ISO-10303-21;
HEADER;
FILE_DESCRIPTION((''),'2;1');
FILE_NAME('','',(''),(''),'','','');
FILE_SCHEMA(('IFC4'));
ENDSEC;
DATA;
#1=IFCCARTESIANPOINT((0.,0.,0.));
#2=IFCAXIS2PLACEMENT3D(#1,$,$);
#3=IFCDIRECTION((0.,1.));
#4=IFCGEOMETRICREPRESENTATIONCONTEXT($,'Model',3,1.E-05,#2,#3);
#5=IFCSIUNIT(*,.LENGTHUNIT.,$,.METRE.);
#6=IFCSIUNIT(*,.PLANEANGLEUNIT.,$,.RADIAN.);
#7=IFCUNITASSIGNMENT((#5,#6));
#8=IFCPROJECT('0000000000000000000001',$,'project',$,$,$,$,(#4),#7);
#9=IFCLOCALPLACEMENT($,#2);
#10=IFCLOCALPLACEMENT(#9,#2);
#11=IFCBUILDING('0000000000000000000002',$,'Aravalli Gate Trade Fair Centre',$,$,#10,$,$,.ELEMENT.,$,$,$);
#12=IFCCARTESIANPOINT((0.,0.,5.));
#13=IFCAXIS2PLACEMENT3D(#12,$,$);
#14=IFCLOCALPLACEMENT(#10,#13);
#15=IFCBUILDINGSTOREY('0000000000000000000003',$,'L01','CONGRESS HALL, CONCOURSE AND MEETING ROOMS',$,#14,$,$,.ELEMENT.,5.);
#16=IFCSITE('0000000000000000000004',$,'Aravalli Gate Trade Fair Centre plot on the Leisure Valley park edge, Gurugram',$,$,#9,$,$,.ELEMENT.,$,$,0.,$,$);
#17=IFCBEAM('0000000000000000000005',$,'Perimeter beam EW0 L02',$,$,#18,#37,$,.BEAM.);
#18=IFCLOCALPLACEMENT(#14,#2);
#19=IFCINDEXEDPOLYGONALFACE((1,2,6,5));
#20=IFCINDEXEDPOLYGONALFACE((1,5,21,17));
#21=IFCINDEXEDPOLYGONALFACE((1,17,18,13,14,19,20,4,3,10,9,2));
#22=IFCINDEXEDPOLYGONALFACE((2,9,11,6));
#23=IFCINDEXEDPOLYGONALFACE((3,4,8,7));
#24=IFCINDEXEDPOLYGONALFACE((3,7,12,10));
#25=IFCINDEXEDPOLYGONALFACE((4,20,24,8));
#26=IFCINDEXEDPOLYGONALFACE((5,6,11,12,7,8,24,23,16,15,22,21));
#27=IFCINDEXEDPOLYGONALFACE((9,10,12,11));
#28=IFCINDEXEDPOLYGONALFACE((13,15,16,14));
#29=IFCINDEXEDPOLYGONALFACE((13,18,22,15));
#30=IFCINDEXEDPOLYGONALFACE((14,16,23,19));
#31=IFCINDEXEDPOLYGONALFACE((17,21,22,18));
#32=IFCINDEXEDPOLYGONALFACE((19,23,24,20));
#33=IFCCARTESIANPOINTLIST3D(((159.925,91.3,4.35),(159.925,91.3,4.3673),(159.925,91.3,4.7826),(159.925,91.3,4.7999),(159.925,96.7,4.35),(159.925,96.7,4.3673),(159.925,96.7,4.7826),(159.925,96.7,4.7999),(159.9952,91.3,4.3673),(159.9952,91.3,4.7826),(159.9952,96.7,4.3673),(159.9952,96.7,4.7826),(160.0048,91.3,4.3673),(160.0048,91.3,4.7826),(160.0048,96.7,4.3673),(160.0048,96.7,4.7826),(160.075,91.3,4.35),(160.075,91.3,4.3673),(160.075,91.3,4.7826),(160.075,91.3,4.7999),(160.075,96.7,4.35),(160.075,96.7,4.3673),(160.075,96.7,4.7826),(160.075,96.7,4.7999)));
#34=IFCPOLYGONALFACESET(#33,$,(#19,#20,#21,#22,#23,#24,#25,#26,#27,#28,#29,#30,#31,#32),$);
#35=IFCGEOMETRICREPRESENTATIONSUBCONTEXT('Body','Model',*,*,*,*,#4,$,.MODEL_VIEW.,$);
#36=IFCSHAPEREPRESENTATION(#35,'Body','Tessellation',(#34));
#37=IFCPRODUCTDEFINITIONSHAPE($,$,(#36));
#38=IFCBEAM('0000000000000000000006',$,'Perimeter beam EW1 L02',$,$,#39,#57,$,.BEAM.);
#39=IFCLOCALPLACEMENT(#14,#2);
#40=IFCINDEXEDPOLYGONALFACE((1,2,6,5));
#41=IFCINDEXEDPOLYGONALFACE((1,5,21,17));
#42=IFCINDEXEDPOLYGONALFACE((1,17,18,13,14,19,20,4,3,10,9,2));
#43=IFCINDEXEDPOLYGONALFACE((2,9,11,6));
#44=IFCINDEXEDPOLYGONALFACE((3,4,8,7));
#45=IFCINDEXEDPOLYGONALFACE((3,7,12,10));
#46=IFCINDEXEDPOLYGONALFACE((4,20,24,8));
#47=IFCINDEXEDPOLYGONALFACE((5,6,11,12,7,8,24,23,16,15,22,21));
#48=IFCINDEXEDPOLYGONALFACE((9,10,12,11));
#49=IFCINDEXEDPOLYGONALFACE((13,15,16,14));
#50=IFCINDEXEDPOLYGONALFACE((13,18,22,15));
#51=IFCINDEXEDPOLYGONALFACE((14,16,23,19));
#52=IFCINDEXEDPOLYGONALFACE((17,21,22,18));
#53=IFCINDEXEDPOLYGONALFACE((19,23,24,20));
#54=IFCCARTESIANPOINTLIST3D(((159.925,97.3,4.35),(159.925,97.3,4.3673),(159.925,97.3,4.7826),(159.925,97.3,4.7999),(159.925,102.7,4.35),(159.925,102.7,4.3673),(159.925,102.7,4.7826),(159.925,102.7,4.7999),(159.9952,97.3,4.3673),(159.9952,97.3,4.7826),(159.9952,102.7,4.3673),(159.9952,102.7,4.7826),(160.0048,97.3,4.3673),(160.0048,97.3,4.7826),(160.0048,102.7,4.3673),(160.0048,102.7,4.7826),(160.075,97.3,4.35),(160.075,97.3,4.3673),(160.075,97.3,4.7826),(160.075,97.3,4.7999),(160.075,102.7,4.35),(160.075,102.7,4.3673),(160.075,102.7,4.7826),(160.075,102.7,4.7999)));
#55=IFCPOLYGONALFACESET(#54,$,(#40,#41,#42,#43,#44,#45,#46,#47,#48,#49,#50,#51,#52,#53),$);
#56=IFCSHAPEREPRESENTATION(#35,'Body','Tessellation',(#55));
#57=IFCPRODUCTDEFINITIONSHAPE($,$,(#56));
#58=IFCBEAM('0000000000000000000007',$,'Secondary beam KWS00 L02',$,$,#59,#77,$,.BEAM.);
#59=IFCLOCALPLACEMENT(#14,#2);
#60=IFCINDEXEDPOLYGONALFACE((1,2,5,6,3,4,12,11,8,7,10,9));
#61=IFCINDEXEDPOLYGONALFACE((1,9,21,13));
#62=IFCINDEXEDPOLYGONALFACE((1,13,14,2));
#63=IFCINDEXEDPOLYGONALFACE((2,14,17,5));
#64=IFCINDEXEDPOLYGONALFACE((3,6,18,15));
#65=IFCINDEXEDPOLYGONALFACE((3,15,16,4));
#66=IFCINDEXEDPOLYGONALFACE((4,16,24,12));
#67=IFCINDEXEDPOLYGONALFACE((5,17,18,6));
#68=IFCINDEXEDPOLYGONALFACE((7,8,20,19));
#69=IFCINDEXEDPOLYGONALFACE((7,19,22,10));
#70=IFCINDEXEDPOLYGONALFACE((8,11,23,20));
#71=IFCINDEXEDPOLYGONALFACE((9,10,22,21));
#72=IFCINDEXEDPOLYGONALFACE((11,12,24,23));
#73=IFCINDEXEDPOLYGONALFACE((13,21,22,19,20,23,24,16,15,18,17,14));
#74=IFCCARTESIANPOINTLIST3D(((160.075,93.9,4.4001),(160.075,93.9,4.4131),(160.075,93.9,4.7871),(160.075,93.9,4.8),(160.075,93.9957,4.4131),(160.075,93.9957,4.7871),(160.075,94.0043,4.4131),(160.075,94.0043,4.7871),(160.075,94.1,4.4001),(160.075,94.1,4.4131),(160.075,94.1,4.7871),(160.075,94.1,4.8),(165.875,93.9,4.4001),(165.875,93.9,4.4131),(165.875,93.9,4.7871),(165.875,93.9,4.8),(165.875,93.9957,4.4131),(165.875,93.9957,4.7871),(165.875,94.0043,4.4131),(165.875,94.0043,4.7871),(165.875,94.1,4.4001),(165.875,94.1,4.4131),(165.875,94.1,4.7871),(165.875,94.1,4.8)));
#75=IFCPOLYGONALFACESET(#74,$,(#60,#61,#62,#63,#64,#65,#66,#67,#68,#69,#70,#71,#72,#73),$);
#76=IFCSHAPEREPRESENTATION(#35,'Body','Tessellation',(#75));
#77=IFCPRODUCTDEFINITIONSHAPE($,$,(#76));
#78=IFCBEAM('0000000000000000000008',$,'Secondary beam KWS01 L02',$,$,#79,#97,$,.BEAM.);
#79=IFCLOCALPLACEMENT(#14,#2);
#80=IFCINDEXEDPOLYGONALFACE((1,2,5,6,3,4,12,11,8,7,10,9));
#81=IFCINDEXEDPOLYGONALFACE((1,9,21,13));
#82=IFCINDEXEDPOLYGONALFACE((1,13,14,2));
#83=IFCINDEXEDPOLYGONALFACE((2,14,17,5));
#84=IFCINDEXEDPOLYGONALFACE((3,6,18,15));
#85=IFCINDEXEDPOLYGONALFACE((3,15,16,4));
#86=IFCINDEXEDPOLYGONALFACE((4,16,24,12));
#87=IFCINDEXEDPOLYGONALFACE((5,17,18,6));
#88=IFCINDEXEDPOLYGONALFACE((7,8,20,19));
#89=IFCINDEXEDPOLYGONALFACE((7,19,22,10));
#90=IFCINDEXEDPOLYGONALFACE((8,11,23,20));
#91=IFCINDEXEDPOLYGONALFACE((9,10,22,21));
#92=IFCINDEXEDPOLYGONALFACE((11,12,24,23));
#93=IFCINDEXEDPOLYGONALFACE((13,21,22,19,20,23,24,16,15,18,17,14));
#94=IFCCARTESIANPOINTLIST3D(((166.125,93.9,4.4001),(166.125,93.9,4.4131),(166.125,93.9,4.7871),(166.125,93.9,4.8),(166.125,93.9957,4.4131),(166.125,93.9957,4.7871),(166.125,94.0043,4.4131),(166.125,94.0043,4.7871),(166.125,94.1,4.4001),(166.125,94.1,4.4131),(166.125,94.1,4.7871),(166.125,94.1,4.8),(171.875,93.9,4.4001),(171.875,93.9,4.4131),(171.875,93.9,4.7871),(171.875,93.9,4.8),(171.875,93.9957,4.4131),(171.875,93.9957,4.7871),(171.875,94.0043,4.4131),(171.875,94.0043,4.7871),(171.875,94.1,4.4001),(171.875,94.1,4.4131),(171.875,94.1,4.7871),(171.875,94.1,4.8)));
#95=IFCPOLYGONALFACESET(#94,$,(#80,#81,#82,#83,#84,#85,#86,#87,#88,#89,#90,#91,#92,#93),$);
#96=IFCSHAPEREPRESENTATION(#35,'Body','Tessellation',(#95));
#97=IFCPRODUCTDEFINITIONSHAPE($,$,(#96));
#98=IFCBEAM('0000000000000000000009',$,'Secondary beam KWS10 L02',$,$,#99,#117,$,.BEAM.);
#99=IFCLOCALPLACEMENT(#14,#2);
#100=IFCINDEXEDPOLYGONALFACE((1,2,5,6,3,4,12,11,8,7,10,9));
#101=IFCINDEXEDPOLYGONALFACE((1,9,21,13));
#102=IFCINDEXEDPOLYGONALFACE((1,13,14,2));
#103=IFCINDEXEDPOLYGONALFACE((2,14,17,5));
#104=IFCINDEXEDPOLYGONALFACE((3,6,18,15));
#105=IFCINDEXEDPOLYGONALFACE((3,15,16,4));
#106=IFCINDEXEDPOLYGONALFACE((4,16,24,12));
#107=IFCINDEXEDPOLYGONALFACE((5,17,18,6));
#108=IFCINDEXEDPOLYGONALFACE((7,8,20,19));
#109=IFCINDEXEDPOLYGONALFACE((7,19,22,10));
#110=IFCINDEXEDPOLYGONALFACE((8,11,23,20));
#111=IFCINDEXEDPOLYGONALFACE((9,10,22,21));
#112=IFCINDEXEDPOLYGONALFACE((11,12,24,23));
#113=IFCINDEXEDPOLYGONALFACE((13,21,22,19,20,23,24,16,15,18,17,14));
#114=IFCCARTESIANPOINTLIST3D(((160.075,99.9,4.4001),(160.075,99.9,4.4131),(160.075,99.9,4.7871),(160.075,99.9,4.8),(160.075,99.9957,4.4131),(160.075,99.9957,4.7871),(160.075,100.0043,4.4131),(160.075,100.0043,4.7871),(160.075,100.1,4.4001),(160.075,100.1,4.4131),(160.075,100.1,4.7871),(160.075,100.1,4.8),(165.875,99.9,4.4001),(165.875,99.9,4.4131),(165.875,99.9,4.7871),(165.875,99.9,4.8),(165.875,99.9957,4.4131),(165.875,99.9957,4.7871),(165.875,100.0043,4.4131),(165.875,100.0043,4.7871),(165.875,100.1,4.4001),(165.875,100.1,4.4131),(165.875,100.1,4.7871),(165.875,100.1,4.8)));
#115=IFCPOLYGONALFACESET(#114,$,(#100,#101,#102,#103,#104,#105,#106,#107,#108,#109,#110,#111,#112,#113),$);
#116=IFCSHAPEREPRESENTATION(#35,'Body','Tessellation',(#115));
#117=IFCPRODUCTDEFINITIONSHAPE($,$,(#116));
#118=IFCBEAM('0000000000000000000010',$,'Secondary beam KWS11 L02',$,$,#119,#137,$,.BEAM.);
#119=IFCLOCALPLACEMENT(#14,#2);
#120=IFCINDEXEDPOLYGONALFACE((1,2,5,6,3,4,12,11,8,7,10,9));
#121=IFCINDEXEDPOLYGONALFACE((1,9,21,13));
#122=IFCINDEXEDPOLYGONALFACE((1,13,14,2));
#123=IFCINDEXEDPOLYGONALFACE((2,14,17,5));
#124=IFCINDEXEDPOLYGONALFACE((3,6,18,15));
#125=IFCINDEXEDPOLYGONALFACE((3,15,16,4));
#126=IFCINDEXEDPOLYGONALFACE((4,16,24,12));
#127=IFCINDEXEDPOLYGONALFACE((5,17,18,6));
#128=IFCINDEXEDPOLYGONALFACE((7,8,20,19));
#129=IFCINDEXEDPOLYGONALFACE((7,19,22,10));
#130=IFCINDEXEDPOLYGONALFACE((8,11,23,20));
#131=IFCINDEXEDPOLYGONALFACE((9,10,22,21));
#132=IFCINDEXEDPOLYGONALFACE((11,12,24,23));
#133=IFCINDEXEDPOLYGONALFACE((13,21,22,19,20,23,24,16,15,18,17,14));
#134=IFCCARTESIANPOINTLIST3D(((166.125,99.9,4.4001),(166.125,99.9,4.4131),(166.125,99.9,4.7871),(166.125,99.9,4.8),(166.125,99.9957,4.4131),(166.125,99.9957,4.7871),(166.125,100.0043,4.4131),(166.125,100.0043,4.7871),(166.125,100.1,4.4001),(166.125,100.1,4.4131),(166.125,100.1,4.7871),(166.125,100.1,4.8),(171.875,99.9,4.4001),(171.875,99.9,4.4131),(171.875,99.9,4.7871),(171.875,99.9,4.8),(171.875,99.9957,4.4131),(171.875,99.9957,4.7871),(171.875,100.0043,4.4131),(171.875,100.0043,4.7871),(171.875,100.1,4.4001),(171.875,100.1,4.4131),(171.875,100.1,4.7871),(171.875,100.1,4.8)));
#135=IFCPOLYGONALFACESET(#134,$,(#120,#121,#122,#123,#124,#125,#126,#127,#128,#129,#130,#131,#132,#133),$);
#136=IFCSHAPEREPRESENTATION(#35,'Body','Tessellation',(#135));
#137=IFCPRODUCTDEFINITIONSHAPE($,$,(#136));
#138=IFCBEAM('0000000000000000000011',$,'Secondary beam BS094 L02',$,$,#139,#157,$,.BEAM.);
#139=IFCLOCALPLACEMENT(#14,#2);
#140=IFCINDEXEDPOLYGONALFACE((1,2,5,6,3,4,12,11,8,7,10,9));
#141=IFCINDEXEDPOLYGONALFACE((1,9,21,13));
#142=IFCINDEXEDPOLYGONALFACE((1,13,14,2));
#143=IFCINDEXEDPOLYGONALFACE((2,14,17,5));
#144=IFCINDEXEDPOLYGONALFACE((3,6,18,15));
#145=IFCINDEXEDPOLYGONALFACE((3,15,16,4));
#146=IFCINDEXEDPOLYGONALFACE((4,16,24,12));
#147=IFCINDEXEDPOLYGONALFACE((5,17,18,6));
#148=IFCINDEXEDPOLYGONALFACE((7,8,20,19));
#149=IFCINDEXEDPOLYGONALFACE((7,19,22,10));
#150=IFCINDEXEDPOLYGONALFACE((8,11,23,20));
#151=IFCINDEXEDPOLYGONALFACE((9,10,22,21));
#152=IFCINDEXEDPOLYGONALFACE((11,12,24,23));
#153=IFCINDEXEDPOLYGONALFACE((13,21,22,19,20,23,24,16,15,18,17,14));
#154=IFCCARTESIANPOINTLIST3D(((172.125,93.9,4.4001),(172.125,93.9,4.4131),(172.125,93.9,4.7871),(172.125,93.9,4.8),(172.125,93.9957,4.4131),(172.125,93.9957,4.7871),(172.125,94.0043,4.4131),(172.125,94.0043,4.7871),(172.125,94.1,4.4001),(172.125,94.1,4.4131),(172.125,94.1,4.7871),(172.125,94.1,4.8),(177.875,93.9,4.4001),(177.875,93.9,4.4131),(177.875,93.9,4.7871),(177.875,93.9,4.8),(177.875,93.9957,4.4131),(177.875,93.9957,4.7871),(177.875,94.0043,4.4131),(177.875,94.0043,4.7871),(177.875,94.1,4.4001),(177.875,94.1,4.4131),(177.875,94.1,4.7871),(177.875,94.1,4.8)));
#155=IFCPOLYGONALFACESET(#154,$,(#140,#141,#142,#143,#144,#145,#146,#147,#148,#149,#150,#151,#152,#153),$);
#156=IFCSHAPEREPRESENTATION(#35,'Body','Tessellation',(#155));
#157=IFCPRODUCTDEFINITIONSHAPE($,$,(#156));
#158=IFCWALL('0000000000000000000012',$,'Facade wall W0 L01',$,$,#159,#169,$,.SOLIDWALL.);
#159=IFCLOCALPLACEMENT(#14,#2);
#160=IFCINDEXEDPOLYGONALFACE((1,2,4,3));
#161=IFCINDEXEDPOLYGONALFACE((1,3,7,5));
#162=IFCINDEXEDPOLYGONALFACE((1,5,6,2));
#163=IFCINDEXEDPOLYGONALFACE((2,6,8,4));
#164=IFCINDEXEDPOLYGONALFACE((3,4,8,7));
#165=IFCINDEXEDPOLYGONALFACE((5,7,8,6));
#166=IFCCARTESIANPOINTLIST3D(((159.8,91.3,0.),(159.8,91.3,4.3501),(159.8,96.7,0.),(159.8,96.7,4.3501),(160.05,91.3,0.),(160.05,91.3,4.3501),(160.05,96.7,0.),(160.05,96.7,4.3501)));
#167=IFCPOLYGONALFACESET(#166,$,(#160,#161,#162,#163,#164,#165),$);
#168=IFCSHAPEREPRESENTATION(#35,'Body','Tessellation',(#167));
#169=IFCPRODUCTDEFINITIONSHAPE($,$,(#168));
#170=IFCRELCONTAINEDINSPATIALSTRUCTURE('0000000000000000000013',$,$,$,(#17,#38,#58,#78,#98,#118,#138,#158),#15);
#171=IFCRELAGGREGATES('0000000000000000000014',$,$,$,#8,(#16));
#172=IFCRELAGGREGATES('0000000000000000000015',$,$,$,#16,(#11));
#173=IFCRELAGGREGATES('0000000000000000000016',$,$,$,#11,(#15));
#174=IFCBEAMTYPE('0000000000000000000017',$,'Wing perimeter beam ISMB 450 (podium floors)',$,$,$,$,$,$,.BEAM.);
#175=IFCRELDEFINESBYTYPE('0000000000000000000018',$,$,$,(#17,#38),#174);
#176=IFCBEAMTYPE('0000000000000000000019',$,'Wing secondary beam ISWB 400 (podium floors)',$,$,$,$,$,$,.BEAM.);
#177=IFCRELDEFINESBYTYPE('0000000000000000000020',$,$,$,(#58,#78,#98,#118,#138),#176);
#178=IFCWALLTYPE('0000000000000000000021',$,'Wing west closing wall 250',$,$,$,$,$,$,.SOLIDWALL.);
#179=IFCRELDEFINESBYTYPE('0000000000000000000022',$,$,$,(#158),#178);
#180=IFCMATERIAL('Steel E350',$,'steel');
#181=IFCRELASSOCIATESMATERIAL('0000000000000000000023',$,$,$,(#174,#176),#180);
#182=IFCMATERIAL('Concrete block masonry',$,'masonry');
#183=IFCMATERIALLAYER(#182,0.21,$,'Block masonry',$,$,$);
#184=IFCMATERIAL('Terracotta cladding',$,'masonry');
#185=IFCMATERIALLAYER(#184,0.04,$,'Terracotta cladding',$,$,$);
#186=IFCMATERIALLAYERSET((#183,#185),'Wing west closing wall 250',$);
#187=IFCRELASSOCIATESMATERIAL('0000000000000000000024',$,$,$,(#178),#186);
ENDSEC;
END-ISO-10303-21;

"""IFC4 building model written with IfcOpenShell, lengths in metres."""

from ifc_helpers import new_model, si_unit, direction, frame, frame_2d, origin, origin_2d, place, context, subcontext, project, spatial, rectangle, i_section, extrude, material, layer, layer_set, material_profile, profile_set, type_object, element, save


model = new_model("IFC4")

# Units and contexts
model_context = context("Model", 3, precision=1e-05, world=origin(), true_north=direction((0.0, 1.0)))
body_context = subcontext(model_context, "Body", "Model", "MODEL_VIEW")
ifc_project = project(units=[si_unit("LENGTHUNIT", "METRE"), si_unit("PLANEANGLEUNIT", "RADIAN")], contexts=[model_context])

# Site, building, storey
site_placement = place(None, origin())
site = spatial("IfcSite", under=ifc_project, at=site_placement, Name="Aravalli Gate Trade Fair Centre plot on the Leisure Valley park edge, Gurugram", CompositionType="ELEMENT", RefElevation=0.0)
building_placement = place(site_placement, origin())
building = spatial("IfcBuilding", under=site, at=building_placement, Name="Aravalli Gate Trade Fair Centre", CompositionType="ELEMENT")
storey_placement = place(building_placement, frame((0.0, 0.0, 5.0)))
storey = spatial("IfcBuildingStorey", under=building, at=storey_placement, Name="L01", Description="CONGRESS HALL, CONCOURSE AND MEETING ROOMS", CompositionType="ELEMENT", Elevation=5.0)

# Shared definitions
ifc_material_1 = material(Name="Steel E350", Category="steel")

# Beams
ifc_material_profile_1 = material_profile(ifc_material_1, i_section(OverallWidth=0.1499, OverallDepth=0.45, WebThickness=0.0095, FlangeThickness=0.0173, at=origin_2d()), Name="ISMB 450")
ifc_profile_set_1 = profile_set([ifc_material_profile_1], Name="Steel E350")
beam_type_1 = type_object("IfcBeamType", Name="Wing perimeter beam ISMB 450 (podium floors)", PredefinedType="BEAM", material=ifc_profile_set_1)
for number, where, z_axis, x_axis, name in (
    (1, (160.0, 91.3, 4.575), (0.0, 1.0, 0.0), (-1.0, 0.0, 0.0), "Perimeter beam EW0 L02"),
    (2, (160.0, 97.3, 4.575), (0.0, 1.0, 0.0), (-1.0, 0.0, 0.0), "Perimeter beam EW1 L02"),
):
    element("IfcBeam", number, at=place(storey_placement, frame(where, z_axis=z_axis, x_axis=x_axis)), inside=storey, type_object=beam_type_1, Name=name, PredefinedType="BEAM", context=body_context, shape_type="SweptSolid", body=[
        extrude(i_section(OverallWidth=0.1499, OverallDepth=0.45, WebThickness=0.0095, FlangeThickness=0.0173, at=origin_2d()), origin(), (0.0, 0.0, 1.0), 5.3999),
    ])
ifc_material_profile_2 = material_profile(ifc_material_1, i_section(OverallWidth=0.2, OverallDepth=0.3999, WebThickness=0.0085, FlangeThickness=0.0129, at=origin_2d()), Name="ISWB 400")
ifc_profile_set_2 = profile_set([ifc_material_profile_2], Name="Steel E350")
beam_type_2 = type_object("IfcBeamType", Name="Wing secondary beam ISWB 400 (podium floors)", PredefinedType="BEAM", material=ifc_profile_set_2)
beam_1_placement = place(storey_placement, frame((160.075, 94.0, 4.6001), z_axis=(1.0, 0.0, 0.0), x_axis=(0.0, 1.0, 0.0)))
element("IfcBeam", 3, at=beam_1_placement, inside=storey, type_object=beam_type_2, Name="Secondary beam KWS00 L02", PredefinedType="BEAM", context=body_context, shape_type="SweptSolid", body=[
    extrude(i_section(OverallWidth=0.2, OverallDepth=0.3999, WebThickness=0.0085, FlangeThickness=0.0129, at=origin_2d()), origin(), (0.0, 0.0, 1.0), 5.8),
])
beam_2_placement = place(storey_placement, frame((166.125, 94.0, 4.6001), z_axis=(1.0, 0.0, 0.0), x_axis=(0.0, 1.0, 0.0)))
element("IfcBeam", 4, at=beam_2_placement, inside=storey, type_object=beam_type_2, Name="Secondary beam KWS01 L02", PredefinedType="BEAM", context=body_context, shape_type="SweptSolid", body=[
    extrude(i_section(OverallWidth=0.2, OverallDepth=0.3999, WebThickness=0.0085, FlangeThickness=0.0129, at=origin_2d()), origin(), (0.0, 0.0, 1.0), 5.75),
])
beam_3_placement = place(storey_placement, frame((160.075, 100.0, 4.6001), z_axis=(1.0, 0.0, 0.0), x_axis=(0.0, 1.0, 0.0)))
element("IfcBeam", 5, at=beam_3_placement, inside=storey, type_object=beam_type_2, Name="Secondary beam KWS10 L02", PredefinedType="BEAM", context=body_context, shape_type="SweptSolid", body=[
    extrude(i_section(OverallWidth=0.2, OverallDepth=0.3999, WebThickness=0.0085, FlangeThickness=0.0129, at=origin_2d()), origin(), (0.0, 0.0, 1.0), 5.8),
])
for number, where, z_axis, x_axis, name in (
    (6, (166.125, 100.0, 4.6001), (1.0, 0.0, 0.0), (0.0, 1.0, 0.0), "Secondary beam KWS11 L02"),
    (7, (172.125, 94.0, 4.6001), (1.0, 0.0, 0.0), (0.0, 1.0, 0.0), "Secondary beam BS094 L02"),
):
    element("IfcBeam", number, at=place(storey_placement, frame(where, z_axis=z_axis, x_axis=x_axis)), inside=storey, type_object=beam_type_2, Name=name, PredefinedType="BEAM", context=body_context, shape_type="SweptSolid", body=[
        extrude(i_section(OverallWidth=0.2, OverallDepth=0.3999, WebThickness=0.0085, FlangeThickness=0.0129, at=origin_2d()), origin(), (0.0, 0.0, 1.0), 5.75),
    ])

# Wall
ifc_material_2 = material(Name="Concrete block masonry", Category="masonry")
ifc_layer_1 = layer(ifc_material_2, 0.21, Name="Block masonry")
ifc_material_3 = material(Name="Terracotta cladding", Category="masonry")
ifc_layer_2 = layer(ifc_material_3, 0.04, Name="Terracotta cladding")
ifc_layer_set = layer_set([ifc_layer_1, ifc_layer_2], Name="Wing west closing wall 250")
wall_type = type_object("IfcWallType", Name="Wing west closing wall 250", PredefinedType="SOLIDWALL", material=ifc_layer_set)
wall_1_placement = place(storey_placement, frame((159.925, 91.3, 0.0), z_axis=(0.0, 0.0, 1.0), x_axis=(0.0, 1.0, 0.0)))
element("IfcWall", 8, at=wall_1_placement, inside=storey, type_object=wall_type, Name="Facade wall W0 L01", PredefinedType="SOLIDWALL", context=body_context, shape_type="SweptSolid", body=[
    extrude(rectangle(XDim=5.3999, YDim=0.25, at=frame_2d((2.7, 0.0))), origin(), (0.0, 0.0, 1.0), 4.3501),
])

save(model, "model.ifc")
